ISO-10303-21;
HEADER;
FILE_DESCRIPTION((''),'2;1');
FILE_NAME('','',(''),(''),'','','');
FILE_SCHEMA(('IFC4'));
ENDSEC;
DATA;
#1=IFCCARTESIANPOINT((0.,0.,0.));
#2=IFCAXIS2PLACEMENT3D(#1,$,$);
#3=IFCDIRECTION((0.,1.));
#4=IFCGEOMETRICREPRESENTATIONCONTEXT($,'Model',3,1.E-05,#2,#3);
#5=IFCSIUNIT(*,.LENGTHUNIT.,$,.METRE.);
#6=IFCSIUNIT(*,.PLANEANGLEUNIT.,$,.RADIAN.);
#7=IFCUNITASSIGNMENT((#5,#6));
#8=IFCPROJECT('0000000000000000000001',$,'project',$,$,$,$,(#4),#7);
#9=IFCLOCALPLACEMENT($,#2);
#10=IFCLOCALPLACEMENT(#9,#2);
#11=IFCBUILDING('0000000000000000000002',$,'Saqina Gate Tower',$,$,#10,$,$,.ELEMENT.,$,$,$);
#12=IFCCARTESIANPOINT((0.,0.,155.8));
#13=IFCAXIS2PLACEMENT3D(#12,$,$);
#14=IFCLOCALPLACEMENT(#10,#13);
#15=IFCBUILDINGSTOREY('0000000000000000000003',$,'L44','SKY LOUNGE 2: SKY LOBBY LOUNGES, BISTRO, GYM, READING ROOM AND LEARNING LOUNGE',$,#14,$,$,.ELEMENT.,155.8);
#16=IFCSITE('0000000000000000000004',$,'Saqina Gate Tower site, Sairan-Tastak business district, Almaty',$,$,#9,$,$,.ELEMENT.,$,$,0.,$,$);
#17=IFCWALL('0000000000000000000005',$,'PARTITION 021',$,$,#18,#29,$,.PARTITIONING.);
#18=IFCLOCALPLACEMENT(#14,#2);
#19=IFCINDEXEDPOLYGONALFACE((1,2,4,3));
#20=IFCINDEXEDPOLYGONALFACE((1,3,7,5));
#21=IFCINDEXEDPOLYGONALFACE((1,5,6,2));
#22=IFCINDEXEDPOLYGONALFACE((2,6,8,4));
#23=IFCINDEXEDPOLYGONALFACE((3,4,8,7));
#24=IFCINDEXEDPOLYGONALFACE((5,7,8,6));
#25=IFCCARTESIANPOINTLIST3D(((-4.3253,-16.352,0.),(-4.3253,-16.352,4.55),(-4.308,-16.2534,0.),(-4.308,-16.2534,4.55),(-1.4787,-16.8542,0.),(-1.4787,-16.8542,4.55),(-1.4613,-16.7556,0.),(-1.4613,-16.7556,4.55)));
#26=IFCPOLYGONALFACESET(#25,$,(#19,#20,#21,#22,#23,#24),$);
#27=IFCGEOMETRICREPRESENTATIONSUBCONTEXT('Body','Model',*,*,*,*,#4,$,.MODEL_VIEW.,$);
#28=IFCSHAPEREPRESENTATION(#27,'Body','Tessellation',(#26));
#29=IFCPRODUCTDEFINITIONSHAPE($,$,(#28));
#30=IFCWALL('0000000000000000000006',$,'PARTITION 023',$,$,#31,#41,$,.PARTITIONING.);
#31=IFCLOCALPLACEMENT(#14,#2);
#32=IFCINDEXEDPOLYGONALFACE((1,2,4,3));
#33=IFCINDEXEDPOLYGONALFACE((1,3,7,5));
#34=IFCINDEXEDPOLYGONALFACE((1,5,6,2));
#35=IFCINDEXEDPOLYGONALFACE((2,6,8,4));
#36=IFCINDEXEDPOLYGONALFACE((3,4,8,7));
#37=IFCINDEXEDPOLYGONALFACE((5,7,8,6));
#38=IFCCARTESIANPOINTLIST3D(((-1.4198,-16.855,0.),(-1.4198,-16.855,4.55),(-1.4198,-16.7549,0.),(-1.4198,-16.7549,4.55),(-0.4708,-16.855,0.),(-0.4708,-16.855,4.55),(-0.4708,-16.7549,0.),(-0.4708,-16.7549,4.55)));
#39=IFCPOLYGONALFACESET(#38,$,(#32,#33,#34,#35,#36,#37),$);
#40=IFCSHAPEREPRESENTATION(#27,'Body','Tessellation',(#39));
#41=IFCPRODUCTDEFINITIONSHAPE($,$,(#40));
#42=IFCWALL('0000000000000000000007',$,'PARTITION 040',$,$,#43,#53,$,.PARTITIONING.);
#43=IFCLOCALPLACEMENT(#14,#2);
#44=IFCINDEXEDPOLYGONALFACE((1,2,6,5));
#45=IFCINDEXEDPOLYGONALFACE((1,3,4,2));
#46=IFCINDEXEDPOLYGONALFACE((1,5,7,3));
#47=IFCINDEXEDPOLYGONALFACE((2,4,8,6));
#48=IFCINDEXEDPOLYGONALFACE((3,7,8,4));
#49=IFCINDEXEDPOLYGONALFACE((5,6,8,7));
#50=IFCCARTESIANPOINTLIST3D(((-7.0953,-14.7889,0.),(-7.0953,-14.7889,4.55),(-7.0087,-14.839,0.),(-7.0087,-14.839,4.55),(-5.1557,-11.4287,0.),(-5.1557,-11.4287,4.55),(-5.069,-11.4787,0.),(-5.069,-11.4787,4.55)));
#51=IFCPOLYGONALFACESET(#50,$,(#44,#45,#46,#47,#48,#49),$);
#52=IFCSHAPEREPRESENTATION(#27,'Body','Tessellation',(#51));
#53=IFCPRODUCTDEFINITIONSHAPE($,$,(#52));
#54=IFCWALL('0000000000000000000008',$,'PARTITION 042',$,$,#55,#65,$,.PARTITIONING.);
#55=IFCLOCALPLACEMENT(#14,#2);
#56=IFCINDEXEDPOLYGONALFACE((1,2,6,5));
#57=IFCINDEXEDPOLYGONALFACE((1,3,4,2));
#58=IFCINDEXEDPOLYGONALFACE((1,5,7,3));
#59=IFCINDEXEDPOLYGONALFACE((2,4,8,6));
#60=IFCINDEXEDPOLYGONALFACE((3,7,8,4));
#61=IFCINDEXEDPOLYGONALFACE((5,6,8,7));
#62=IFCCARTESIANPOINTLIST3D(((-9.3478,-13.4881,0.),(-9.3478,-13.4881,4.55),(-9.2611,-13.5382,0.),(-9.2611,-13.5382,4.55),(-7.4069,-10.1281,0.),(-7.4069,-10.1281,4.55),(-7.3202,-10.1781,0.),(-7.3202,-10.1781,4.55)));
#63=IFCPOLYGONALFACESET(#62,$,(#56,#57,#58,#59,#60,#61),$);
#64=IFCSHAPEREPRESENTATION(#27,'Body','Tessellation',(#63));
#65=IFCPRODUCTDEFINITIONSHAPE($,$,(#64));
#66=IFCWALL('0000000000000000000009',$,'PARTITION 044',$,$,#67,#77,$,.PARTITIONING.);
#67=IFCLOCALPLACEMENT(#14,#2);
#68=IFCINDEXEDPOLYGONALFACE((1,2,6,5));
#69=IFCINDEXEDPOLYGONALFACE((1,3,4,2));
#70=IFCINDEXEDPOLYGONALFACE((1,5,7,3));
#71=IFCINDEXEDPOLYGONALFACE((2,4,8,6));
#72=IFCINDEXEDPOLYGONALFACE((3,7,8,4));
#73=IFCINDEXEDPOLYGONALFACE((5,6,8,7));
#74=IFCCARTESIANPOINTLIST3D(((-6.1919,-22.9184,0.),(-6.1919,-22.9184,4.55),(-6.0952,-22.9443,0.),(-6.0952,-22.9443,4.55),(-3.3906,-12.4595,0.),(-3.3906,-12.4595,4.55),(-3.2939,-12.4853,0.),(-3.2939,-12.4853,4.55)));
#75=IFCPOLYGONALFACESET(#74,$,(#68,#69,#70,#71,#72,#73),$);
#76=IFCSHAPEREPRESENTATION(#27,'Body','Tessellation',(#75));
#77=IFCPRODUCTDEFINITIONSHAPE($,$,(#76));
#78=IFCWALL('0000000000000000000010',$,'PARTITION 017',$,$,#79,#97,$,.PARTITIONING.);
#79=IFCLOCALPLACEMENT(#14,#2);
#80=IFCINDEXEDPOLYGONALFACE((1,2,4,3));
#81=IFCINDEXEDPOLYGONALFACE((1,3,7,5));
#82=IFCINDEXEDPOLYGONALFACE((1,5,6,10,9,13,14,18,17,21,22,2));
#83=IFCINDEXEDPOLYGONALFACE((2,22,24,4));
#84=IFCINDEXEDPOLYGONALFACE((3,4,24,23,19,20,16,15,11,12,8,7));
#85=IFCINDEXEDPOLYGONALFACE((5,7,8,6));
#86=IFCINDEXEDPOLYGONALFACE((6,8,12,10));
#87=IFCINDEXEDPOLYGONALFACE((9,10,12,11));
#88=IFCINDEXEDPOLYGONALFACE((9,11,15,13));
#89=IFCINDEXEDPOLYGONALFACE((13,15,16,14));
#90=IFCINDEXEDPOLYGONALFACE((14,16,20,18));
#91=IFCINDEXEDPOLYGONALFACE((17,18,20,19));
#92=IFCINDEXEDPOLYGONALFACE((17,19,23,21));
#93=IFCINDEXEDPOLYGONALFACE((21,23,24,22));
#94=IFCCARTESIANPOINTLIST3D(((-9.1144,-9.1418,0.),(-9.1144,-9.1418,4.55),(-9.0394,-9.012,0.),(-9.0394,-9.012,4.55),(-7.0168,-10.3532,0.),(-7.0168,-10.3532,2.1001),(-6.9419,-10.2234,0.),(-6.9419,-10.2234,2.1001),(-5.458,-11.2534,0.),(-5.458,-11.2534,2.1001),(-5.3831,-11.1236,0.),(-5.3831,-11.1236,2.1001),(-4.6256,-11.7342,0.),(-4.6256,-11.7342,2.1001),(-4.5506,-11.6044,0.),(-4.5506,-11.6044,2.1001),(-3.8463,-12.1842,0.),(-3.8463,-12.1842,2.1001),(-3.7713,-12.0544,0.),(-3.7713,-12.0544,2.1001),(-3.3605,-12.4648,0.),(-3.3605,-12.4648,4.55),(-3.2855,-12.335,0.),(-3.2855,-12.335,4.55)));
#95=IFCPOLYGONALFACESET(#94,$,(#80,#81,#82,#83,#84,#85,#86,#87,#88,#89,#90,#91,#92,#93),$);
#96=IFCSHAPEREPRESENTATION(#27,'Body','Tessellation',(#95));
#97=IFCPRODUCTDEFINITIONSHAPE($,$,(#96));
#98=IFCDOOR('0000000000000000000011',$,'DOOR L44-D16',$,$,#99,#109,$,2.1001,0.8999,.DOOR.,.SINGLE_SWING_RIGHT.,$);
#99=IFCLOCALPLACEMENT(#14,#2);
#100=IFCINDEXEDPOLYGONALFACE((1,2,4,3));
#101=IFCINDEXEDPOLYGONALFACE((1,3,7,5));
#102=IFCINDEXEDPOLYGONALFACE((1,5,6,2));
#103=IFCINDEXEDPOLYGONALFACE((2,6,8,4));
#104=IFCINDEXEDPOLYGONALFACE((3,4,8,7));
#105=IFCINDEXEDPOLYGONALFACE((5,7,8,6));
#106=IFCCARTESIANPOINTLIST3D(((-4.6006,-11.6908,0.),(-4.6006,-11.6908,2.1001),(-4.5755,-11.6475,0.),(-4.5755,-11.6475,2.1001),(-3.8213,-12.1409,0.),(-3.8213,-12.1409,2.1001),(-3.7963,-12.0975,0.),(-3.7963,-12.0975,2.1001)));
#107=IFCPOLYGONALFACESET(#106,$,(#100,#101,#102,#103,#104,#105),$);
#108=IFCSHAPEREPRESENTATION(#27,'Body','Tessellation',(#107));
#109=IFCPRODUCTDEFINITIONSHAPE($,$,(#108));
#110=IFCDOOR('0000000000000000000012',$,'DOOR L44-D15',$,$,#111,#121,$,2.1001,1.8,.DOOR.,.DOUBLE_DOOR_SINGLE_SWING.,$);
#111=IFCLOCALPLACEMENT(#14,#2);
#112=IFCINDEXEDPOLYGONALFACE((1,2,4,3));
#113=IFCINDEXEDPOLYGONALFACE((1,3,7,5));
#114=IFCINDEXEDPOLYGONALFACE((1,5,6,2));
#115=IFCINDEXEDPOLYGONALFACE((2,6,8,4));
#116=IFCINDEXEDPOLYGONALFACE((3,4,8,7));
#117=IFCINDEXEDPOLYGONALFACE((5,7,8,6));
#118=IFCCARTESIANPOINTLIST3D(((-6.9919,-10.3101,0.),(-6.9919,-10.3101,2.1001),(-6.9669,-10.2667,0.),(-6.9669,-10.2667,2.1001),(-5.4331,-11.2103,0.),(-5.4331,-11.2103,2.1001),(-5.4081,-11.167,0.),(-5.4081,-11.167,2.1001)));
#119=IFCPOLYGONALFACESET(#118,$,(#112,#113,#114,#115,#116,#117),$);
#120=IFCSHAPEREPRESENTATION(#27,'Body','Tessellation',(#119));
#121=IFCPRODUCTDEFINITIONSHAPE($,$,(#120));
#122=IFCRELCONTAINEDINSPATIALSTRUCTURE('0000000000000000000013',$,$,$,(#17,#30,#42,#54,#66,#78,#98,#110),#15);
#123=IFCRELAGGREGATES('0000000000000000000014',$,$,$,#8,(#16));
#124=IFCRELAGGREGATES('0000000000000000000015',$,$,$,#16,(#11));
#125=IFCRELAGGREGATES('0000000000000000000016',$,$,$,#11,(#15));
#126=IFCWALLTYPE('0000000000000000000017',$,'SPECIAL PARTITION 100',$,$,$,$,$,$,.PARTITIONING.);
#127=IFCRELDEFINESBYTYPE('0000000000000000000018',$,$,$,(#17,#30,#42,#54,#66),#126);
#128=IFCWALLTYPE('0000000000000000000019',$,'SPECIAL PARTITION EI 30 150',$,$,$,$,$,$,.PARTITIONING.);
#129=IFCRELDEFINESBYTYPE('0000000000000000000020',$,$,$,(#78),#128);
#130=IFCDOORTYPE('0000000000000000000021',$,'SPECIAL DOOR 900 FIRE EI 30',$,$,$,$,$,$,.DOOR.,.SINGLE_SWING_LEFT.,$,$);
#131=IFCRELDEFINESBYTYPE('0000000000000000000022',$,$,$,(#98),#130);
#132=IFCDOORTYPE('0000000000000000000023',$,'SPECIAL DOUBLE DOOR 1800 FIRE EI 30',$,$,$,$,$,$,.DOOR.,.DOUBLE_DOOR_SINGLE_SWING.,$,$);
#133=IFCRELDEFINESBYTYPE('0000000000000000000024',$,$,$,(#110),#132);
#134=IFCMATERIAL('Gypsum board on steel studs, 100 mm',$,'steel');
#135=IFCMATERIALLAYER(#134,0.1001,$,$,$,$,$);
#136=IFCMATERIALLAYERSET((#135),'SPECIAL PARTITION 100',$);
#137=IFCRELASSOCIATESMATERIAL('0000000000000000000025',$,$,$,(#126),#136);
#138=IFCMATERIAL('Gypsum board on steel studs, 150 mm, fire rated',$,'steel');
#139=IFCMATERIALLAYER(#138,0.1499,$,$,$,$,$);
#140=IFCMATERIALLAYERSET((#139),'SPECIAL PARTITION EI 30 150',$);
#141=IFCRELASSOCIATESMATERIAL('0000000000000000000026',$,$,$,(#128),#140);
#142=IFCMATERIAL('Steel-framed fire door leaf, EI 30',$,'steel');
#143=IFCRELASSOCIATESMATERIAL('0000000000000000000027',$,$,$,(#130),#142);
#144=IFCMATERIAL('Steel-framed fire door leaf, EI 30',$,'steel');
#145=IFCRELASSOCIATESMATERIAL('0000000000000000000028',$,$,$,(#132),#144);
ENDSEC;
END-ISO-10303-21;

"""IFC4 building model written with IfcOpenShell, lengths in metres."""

from ifc_helpers import new_model, si_unit, direction, frame, frame_2d, origin, place, context, subcontext, project, spatial, rectangle, extrude, material, layer, layer_set, type_object, element, fill, save


model = new_model("IFC4")

# Units and contexts
model_context = context("Model", 3, precision=1e-05, world=origin(), true_north=direction((0.0, 1.0)))
body_context = subcontext(model_context, "Body", "Model", "MODEL_VIEW")
ifc_project = project(units=[si_unit("LENGTHUNIT", "METRE"), si_unit("PLANEANGLEUNIT", "RADIAN")], contexts=[model_context])

# Site, building, storey
site_placement = place(None, origin())
site = spatial("IfcSite", under=ifc_project, at=site_placement, Name="Saqina Gate Tower site, Sairan-Tastak business district, Almaty", CompositionType="ELEMENT", RefElevation=0.0)
building_placement = place(site_placement, origin())
building = spatial("IfcBuilding", under=site, at=building_placement, Name="Saqina Gate Tower", CompositionType="ELEMENT")
storey_placement = place(building_placement, frame((0.0, 0.0, 155.8)))
storey = spatial("IfcBuildingStorey", under=building, at=storey_placement, Name="L44", Description="SKY LOUNGE 2: SKY LOBBY LOUNGES, BISTRO, GYM, READING ROOM AND LEARNING LOUNGE", CompositionType="ELEMENT", Elevation=155.8)

# Walls
ifc_material_1 = material(Name="Gypsum board on steel studs, 100 mm", Category="steel")
ifc_layer_1 = layer(ifc_material_1, 0.1001)
ifc_layer_set_1 = layer_set([ifc_layer_1], Name="SPECIAL PARTITION 100")
wall_type_1 = type_object("IfcWallType", Name="SPECIAL PARTITION 100", PredefinedType="PARTITIONING", material=ifc_layer_set_1)
wall_1_placement = place(storey_placement, frame((-4.3167, -16.3027, 0.0), z_axis=(0.0, 0.0, 1.0), x_axis=(0.984793, -0.173732, 0.0)))
element("IfcWall", 1, at=wall_1_placement, inside=storey, type_object=wall_type_1, Name="PARTITION 021", PredefinedType="PARTITIONING", context=body_context, shape_type="SweptSolid", body=[
    extrude(rectangle(XDim=2.8906, YDim=0.1001, at=frame_2d((1.4453, 0.0))), origin(), (0.0, 0.0, 1.0), 4.55),
])
wall_2_placement = place(storey_placement, frame((-1.4199, -16.8049, 0.0), z_axis=(0.0, 0.0, 1.0), x_axis=(1.0, 0.0, 0.0)))
element("IfcWall", 2, at=wall_2_placement, inside=storey, type_object=wall_type_1, Name="PARTITION 023", PredefinedType="PARTITIONING", context=body_context, shape_type="SweptSolid", body=[
    extrude(rectangle(XDim=0.949, YDim=0.1001, at=frame_2d((0.4746, 0.0))), origin(), (0.0, 0.0, 1.0), 4.55),
])
wall_3_placement = place(storey_placement, frame((-7.052, -14.814, 0.0), z_axis=(0.0, 0.0, 1.0), x_axis=(0.499922, 0.86607, 0.0)))
element("IfcWall", 3, at=wall_3_placement, inside=storey, type_object=wall_type_1, Name="PARTITION 040", PredefinedType="PARTITIONING", context=body_context, shape_type="SweptSolid", body=[
    extrude(rectangle(XDim=3.8799, YDim=0.1001, at=frame_2d((1.9399, 0.0))), origin(), (0.0, 0.0, 1.0), 4.55),
])
wall_4_placement = place(storey_placement, frame((-9.3044, -13.5132, 0.0), z_axis=(0.0, 0.0, 1.0), x_axis=(0.500185, 0.865918, 0.0)))
element("IfcWall", 4, at=wall_4_placement, inside=storey, type_object=wall_type_1, Name="PARTITION 042", PredefinedType="PARTITIONING", context=body_context, shape_type="SweptSolid", body=[
    extrude(rectangle(XDim=3.8804, YDim=0.1001, at=frame_2d((1.9402, 0.0))), origin(), (0.0, 0.0, 1.0), 4.55),
])
wall_5_placement = place(storey_placement, frame((-6.1436, -22.9314, 0.0), z_axis=(0.0, 0.0, 1.0), x_axis=(0.258715, 0.965954, 0.0)))
element("IfcWall", 5, at=wall_5_placement, inside=storey, type_object=wall_type_1, Name="PARTITION 044", PredefinedType="PARTITIONING", context=body_context, shape_type="SweptSolid", body=[
    extrude(rectangle(XDim=10.8276, YDim=0.1001, at=frame_2d((5.4138, 0.0))), origin(), (0.0, 0.0, 1.0), 4.55),
])

# Wall, openings, doors
ifc_material_2 = material(Name="Gypsum board on steel studs, 150 mm, fire rated", Category="steel")
ifc_layer_2 = layer(ifc_material_2, 0.1499)
ifc_layer_set_2 = layer_set([ifc_layer_2], Name="SPECIAL PARTITION EI 30 150")
wall_type_2 = type_object("IfcWallType", Name="SPECIAL PARTITION EI 30 150", PredefinedType="PARTITIONING", material=ifc_layer_set_2)
wall_6_placement = place(storey_placement, frame((-9.0769, -9.0769, 0.0), z_axis=(0.0, 0.0, 1.0), x_axis=(0.865962, -0.50011, 0.0)))
wall_6 = element("IfcWall", 6, at=wall_6_placement, inside=storey, type_object=wall_type_2, Name="PARTITION 017", PredefinedType="PARTITIONING", context=body_context, shape_type="SweptSolid", body=[
    extrude(rectangle(XDim=6.6445, YDim=0.1499, at=frame_2d((3.3223, 0.0))), origin(), (0.0, 0.0, 1.0), 4.55),
])
opening_1_placement = place(wall_6_placement, frame((2.4224, 0.0, 0.0)))
opening_1 = element("IfcOpeningElement", 7, at=opening_1_placement, cuts=wall_6, PredefinedType="OPENING", context=body_context, shape_type="SweptSolid", body=[
    extrude(rectangle(XDim=1.8, YDim=2.1001, at=frame_2d((0.8999, 1.05))), frame((0.0, 0.0869, 0.0), z_axis=(0.0, -1.0, 0.0), x_axis=(1.0, 0.0, 0.0)), (0.0, 0.0, 1.0), 0.1738),
])
opening_2_placement = place(wall_6_placement, frame((5.1836, 0.0, 0.0)))
opening_2 = element("IfcOpeningElement", 8, at=opening_2_placement, cuts=wall_6, PredefinedType="OPENING", context=body_context, shape_type="SweptSolid", body=[
    extrude(rectangle(XDim=0.8999, YDim=2.1001, at=frame_2d((0.45, 1.05))), frame((0.0, 0.0869, 0.0), z_axis=(0.0, -1.0, 0.0), x_axis=(1.0, 0.0, 0.0)), (0.0, 0.0, 1.0), 0.1738),
])
ifc_material_3 = material(Name="Steel-framed fire door leaf, EI 30", Category="steel")
door_type_1 = type_object("IfcDoorType", Name="SPECIAL DOOR 900 FIRE EI 30", OperationType="SINGLE_SWING_LEFT", PredefinedType="DOOR", material=ifc_material_3)
door_1_placement = place(opening_2_placement, frame((0.8999, 0.0, 0.0), z_axis=(0.0, 0.0, 1.0), x_axis=(-1.0, 0.0, 0.0)))
door_1 = element("IfcDoor", 9, at=door_1_placement, inside=storey, type_object=door_type_1, Name="DOOR L44-D16", OperationType="SINGLE_SWING_RIGHT", OverallHeight=2.1001, OverallWidth=0.8999, PredefinedType="DOOR", context=body_context, shape_type="SweptSolid", body=[
    extrude(rectangle(XDim=0.8999, YDim=2.1001, at=frame_2d((0.45, 1.05))), frame((0.0, 0.0249, 0.0), z_axis=(0.0, -1.0, 0.0), x_axis=(1.0, 0.0, 0.0)), (0.0, 0.0, 1.0), 0.05),
])
fill(opening_2, door_1)
ifc_material_4 = material(Name="Steel-framed fire door leaf, EI 30", Category="steel")
door_type_2 = type_object("IfcDoorType", Name="SPECIAL DOUBLE DOOR 1800 FIRE EI 30", OperationType="DOUBLE_DOOR_SINGLE_SWING", PredefinedType="DOOR", material=ifc_material_4)
door_2_placement = place(opening_1_placement, origin())
door_2 = element("IfcDoor", 10, at=door_2_placement, inside=storey, type_object=door_type_2, Name="DOOR L44-D15", OperationType="DOUBLE_DOOR_SINGLE_SWING", OverallHeight=2.1001, OverallWidth=1.8, PredefinedType="DOOR", context=body_context, shape_type="SweptSolid", body=[
    extrude(rectangle(XDim=1.8, YDim=2.1001, at=frame_2d((0.8999, 1.05))), frame((0.0, 0.0249, 0.0), z_axis=(0.0, -1.0, 0.0), x_axis=(1.0, 0.0, 0.0)), (0.0, 0.0, 1.0), 0.05),
])
fill(opening_1, door_2)

save(model, "model.ifc")
